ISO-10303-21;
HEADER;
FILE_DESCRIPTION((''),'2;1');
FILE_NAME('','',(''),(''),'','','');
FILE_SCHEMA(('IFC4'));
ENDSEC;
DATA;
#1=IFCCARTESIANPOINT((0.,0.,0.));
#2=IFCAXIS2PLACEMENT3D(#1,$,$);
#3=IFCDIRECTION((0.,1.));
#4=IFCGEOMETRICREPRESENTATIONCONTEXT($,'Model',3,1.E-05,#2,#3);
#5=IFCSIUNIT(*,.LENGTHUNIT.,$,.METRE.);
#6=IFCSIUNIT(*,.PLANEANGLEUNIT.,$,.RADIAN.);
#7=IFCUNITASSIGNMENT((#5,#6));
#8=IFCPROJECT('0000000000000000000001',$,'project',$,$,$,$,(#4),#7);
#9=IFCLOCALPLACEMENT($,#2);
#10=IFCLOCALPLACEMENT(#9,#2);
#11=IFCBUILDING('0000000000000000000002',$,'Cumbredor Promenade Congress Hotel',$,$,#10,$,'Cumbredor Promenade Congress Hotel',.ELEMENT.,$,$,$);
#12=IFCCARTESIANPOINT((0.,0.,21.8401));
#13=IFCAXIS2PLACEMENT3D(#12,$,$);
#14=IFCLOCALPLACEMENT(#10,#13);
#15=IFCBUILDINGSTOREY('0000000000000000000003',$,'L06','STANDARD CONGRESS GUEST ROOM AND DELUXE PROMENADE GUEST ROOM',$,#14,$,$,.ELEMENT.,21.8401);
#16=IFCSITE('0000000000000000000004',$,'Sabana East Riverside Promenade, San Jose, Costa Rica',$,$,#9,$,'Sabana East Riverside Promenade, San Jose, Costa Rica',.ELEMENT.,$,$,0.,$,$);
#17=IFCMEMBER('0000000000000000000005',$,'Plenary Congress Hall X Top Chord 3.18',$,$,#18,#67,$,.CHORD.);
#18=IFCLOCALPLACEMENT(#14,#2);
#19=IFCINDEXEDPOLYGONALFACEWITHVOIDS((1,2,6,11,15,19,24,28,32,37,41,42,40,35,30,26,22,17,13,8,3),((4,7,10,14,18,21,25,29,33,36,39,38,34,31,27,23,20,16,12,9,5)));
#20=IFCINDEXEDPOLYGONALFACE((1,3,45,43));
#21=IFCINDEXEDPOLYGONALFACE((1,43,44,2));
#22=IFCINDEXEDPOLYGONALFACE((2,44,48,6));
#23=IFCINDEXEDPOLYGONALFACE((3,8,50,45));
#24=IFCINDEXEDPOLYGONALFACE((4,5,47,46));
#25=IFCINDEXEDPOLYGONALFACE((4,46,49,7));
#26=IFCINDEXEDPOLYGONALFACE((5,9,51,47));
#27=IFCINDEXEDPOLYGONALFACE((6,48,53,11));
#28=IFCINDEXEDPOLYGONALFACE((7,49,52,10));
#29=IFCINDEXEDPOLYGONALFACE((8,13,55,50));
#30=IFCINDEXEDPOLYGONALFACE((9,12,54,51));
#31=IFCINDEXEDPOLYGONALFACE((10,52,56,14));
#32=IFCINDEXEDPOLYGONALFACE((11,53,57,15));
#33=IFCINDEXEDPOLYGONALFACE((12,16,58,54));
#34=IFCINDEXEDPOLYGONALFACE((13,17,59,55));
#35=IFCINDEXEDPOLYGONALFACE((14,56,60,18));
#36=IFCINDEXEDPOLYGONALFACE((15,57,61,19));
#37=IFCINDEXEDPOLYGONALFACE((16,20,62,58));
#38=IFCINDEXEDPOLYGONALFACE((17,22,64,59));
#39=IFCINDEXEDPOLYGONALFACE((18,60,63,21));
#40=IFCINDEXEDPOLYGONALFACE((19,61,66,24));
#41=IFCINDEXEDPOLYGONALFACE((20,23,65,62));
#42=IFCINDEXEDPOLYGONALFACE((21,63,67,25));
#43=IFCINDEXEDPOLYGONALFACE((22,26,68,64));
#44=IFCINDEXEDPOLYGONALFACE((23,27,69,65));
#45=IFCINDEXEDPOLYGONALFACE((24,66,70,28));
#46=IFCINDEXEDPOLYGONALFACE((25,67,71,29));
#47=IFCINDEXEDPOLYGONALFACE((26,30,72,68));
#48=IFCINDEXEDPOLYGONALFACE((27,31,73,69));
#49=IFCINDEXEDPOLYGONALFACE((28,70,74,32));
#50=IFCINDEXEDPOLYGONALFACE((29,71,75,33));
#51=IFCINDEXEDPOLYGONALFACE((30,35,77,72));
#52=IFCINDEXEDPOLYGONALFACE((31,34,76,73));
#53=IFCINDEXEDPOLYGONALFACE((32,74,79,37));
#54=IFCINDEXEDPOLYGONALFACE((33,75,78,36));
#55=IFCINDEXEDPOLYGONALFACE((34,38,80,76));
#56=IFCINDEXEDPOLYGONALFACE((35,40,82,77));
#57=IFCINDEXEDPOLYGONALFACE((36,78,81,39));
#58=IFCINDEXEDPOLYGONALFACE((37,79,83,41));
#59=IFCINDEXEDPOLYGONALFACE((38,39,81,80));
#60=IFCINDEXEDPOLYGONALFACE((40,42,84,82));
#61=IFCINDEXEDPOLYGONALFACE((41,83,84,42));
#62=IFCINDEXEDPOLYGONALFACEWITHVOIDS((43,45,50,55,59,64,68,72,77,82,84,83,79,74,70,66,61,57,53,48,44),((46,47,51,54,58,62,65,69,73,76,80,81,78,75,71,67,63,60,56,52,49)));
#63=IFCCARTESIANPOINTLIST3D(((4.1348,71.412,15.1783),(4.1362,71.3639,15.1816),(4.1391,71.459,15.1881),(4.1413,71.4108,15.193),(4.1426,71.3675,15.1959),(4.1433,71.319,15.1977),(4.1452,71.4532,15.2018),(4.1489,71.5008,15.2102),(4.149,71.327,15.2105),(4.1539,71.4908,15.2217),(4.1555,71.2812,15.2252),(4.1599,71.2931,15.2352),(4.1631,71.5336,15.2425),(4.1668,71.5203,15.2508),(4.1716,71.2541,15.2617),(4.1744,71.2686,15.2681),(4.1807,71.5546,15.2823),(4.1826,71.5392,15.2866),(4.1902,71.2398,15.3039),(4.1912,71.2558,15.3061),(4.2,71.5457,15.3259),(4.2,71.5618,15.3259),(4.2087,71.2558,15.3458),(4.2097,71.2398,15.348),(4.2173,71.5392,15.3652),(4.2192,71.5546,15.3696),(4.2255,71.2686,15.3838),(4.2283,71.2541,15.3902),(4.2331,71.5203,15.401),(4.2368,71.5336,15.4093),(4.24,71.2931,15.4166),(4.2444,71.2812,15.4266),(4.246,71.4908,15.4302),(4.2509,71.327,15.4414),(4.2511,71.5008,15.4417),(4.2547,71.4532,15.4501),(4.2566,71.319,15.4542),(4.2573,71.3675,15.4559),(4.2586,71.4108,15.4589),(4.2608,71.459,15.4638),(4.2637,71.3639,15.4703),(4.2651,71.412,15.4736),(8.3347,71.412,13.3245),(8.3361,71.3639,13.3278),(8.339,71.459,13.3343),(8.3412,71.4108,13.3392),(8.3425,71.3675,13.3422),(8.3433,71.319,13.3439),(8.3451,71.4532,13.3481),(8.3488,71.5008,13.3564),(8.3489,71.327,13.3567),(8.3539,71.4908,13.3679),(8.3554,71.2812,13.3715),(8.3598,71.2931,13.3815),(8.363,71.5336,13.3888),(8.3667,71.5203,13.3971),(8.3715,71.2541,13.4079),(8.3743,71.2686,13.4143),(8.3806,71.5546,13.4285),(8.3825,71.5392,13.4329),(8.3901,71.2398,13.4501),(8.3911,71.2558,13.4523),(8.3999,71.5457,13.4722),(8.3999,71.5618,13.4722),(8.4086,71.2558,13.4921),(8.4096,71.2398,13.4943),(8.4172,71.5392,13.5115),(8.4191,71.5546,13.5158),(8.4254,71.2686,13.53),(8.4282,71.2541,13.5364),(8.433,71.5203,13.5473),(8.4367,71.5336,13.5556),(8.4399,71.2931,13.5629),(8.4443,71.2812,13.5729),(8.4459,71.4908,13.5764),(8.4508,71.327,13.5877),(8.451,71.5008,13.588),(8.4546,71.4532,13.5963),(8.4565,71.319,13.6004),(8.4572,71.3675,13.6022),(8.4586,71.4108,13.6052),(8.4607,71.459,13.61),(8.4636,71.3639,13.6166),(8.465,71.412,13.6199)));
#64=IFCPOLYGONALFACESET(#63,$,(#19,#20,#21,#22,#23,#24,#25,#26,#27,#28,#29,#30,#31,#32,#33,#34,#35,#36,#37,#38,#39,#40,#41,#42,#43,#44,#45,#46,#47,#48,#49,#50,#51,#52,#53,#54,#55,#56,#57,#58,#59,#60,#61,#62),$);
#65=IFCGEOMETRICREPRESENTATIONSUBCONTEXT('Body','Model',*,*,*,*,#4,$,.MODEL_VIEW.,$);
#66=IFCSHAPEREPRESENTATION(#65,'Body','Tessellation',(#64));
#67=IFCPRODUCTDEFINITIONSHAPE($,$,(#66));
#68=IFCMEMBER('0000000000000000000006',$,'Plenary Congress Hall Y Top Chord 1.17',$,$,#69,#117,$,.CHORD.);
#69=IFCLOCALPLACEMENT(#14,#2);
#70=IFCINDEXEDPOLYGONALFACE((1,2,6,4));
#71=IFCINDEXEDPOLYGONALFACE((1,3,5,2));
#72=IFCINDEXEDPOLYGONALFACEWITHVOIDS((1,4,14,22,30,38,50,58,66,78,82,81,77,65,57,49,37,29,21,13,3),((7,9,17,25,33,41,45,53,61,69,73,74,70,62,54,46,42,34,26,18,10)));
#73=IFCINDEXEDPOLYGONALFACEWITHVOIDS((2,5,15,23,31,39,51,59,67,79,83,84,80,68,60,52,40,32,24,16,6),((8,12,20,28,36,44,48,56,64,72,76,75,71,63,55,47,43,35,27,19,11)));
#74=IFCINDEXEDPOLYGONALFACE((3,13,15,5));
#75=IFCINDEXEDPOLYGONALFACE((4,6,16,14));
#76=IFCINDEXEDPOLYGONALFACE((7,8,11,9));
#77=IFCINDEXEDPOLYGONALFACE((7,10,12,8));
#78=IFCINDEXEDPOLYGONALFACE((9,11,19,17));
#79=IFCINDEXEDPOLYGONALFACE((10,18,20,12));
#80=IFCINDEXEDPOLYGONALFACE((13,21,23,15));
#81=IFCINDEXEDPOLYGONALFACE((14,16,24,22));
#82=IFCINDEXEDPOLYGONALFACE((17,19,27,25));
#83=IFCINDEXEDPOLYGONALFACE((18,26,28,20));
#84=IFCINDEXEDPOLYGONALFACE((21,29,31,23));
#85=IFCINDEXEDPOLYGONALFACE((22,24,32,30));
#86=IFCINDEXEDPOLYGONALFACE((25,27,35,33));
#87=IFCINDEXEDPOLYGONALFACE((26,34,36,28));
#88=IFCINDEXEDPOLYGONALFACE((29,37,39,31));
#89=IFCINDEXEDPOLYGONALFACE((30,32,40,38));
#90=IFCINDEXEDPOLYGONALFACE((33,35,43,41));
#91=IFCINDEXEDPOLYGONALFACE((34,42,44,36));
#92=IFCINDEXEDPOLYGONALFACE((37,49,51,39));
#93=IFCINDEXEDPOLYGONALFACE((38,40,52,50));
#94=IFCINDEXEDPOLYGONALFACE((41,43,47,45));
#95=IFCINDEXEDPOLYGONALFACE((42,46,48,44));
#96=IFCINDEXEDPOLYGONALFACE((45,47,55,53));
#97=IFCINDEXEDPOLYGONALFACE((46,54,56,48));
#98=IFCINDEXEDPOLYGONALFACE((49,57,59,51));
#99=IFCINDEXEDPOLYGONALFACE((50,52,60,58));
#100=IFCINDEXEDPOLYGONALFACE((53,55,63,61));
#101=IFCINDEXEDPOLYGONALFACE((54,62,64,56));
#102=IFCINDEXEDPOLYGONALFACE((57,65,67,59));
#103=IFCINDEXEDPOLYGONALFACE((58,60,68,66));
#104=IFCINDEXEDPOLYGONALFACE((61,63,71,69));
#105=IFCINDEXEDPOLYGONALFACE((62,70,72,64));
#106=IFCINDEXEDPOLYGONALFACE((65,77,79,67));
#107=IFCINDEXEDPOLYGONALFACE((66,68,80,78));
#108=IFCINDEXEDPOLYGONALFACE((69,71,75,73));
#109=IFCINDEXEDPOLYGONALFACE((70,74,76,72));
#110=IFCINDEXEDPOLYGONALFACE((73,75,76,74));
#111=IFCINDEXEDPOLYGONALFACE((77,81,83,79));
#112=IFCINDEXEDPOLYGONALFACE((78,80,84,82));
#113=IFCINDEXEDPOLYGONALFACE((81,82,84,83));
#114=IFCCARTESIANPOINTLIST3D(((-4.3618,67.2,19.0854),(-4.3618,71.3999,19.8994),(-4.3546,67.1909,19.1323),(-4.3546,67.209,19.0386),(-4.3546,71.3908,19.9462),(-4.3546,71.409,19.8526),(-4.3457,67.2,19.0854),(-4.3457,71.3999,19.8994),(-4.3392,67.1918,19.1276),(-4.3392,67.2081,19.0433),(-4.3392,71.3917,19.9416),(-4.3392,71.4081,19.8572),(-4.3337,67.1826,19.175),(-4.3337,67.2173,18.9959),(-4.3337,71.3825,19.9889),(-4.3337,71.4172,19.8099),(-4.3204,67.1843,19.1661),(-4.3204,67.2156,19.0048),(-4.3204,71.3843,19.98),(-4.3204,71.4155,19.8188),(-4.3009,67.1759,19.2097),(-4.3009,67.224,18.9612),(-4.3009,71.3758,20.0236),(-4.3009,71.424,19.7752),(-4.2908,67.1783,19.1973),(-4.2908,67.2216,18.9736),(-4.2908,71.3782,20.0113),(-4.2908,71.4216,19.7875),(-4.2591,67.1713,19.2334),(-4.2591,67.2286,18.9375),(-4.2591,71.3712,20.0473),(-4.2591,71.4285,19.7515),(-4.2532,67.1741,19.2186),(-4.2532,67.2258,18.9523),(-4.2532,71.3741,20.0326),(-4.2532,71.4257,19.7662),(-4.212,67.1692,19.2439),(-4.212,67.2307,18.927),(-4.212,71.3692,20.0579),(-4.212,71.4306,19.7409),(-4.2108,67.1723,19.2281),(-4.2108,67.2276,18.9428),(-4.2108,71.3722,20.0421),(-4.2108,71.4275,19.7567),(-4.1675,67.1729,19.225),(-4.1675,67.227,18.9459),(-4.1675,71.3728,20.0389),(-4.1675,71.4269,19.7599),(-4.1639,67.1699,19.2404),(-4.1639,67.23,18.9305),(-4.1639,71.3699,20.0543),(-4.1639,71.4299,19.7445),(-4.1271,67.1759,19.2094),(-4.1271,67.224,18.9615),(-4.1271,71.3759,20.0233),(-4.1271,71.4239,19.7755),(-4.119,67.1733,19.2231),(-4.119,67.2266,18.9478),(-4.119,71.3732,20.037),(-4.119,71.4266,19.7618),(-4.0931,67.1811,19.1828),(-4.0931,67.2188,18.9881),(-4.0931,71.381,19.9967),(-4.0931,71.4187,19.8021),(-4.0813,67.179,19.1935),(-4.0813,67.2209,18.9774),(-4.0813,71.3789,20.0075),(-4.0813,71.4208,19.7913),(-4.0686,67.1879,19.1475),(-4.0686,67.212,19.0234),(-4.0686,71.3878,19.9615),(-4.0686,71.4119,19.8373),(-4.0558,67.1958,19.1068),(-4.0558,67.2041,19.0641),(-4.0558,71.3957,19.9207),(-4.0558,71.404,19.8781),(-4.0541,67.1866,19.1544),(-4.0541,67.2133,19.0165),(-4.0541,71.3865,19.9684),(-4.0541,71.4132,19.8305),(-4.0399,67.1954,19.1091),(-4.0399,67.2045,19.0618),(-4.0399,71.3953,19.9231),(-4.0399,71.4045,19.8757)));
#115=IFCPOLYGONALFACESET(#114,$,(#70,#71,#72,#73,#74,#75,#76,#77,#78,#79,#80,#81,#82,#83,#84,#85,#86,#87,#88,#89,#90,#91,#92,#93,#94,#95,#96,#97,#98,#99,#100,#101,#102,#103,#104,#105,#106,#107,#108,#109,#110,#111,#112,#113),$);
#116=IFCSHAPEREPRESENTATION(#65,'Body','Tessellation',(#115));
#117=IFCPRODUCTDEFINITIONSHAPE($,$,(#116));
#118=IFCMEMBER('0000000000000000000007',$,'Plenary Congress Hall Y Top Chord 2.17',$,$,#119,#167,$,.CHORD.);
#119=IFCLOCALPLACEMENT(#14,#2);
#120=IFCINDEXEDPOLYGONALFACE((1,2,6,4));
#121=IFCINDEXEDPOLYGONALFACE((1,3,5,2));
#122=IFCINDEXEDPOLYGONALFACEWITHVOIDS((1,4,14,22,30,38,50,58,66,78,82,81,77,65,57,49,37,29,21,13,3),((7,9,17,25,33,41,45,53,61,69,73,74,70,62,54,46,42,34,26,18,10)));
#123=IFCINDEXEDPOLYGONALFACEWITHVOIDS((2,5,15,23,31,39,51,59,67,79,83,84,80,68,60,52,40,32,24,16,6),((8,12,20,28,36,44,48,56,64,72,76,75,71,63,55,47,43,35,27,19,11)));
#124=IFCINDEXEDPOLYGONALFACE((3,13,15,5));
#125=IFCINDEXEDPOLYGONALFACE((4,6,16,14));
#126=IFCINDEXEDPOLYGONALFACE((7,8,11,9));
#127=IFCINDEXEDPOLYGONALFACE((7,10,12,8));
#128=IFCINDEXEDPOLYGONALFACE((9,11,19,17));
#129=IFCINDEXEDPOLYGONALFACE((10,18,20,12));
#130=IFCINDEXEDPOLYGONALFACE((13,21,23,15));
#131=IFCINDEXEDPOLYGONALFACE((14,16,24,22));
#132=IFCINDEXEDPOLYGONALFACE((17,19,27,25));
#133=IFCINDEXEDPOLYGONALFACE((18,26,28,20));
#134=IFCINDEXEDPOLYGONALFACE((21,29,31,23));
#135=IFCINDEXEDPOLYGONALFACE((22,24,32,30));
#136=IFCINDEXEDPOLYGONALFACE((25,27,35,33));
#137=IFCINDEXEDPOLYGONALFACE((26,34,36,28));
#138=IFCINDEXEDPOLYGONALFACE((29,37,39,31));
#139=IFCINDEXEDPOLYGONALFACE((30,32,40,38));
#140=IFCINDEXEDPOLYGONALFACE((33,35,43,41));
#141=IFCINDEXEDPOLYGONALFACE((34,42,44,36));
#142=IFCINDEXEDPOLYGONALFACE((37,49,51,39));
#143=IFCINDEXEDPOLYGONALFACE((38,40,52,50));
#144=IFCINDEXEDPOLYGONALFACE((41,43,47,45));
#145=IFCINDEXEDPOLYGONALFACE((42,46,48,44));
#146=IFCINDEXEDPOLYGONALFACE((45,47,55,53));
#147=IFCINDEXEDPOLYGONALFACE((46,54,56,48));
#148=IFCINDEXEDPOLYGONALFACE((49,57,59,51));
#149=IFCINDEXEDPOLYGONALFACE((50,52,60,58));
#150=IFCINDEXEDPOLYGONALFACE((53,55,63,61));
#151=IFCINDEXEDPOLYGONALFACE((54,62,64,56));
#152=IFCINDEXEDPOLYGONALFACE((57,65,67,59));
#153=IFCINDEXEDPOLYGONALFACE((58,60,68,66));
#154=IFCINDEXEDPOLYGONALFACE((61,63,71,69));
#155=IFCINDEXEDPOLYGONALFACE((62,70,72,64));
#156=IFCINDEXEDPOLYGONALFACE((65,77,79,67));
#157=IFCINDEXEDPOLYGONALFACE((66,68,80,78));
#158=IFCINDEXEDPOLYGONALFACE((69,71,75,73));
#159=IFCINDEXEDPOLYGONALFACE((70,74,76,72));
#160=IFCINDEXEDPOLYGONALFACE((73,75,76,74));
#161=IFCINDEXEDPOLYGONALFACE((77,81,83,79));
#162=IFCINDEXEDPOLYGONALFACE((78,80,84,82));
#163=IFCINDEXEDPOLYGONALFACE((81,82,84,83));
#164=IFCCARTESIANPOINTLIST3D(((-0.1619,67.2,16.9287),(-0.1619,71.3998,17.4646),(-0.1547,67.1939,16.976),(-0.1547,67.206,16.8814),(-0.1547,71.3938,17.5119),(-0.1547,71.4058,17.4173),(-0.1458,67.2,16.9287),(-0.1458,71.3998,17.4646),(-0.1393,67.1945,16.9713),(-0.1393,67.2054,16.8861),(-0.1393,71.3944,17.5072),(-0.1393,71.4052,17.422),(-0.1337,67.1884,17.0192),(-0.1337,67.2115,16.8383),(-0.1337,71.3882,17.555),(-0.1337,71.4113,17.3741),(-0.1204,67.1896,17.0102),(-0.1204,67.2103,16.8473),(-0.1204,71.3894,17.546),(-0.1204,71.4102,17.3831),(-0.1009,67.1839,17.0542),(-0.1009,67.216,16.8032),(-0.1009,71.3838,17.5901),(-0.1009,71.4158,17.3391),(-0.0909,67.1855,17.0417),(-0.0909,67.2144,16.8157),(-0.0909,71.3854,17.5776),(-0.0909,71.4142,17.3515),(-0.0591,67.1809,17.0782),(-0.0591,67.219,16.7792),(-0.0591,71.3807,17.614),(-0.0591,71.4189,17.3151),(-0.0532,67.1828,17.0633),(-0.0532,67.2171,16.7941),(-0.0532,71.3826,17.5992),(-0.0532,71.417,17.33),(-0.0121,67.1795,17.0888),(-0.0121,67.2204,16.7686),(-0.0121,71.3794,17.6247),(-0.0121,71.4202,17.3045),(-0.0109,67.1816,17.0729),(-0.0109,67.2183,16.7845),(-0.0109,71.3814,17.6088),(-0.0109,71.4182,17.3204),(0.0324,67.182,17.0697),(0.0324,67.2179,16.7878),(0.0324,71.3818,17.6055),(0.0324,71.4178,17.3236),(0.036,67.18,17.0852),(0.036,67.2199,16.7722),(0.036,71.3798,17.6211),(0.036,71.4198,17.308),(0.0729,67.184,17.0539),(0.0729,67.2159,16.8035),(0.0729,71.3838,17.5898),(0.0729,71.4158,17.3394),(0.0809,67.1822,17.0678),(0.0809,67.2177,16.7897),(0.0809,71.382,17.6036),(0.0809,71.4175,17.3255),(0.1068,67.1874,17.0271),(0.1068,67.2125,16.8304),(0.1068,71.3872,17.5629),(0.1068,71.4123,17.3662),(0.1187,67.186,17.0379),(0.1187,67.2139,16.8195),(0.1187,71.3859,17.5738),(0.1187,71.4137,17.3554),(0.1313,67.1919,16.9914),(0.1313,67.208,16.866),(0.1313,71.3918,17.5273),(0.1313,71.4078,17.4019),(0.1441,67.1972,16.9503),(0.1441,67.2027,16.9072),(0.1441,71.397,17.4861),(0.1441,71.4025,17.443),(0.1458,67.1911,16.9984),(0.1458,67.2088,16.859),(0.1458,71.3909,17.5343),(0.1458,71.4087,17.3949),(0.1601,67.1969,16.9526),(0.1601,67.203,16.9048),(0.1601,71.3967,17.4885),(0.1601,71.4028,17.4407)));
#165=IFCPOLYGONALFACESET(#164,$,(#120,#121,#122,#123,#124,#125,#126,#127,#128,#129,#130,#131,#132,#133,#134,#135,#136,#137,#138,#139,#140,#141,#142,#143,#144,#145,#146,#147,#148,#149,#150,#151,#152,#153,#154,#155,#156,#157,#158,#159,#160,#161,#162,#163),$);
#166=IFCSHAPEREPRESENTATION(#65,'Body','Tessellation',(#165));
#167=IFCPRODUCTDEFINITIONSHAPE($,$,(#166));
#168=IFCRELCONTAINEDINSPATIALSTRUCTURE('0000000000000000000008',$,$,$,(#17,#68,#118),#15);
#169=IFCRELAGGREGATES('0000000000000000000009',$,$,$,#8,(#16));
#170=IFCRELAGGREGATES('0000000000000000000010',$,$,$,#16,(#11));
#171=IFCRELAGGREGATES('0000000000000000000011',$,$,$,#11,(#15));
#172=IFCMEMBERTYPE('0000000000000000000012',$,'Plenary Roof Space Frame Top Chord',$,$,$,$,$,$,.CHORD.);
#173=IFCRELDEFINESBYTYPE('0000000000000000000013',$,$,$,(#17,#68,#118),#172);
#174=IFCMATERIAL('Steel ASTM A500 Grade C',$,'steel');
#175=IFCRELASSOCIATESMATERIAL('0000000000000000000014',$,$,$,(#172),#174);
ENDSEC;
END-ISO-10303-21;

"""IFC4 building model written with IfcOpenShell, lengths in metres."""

from ifc_helpers import new_model, si_unit, direction, frame, origin, origin_2d, place, context, subcontext, project, spatial, hollow_circle, extrude, material, material_profile, profile_set, type_object, element, save


model = new_model("IFC4")

# Units and contexts
model_context = context("Model", 3, precision=1e-05, world=origin(), true_north=direction((0.0, 1.0)))
body_context = subcontext(model_context, "Body", "Model", "MODEL_VIEW")
ifc_project = project(units=[si_unit("LENGTHUNIT", "METRE"), si_unit("PLANEANGLEUNIT", "RADIAN")], contexts=[model_context])

# Site, building, storey
site_placement = place(None, origin())
site = spatial("IfcSite", under=ifc_project, at=site_placement, Name="Sabana East Riverside Promenade, San Jose, Costa Rica", LongName="Sabana East Riverside Promenade, San Jose, Costa Rica", CompositionType="ELEMENT", RefElevation=0.0)
building_placement = place(site_placement, origin())
building = spatial("IfcBuilding", under=site, at=building_placement, Name="Cumbredor Promenade Congress Hotel", LongName="Cumbredor Promenade Congress Hotel", CompositionType="ELEMENT")
storey_placement = place(building_placement, frame((0.0, 0.0, 21.8401)))
storey = spatial("IfcBuildingStorey", under=building, at=storey_placement, Name="L06", Description="STANDARD CONGRESS GUEST ROOM AND DELUXE PROMENADE GUEST ROOM", CompositionType="ELEMENT", Elevation=21.8401)

# Members
ifc_material_1 = material(Name="Steel ASTM A500 Grade C", Category="steel")
ifc_material_profile_1 = material_profile(ifc_material_1, hollow_circle(Radius=0.1619, WallThickness=0.0161, at=origin_2d()), Name="CHS 323.9x16")
ifc_profile_set_1 = profile_set([ifc_material_profile_1], Name="Steel ASTM A500 Grade C")
member_type_1 = type_object("IfcMemberType", Name="Plenary Roof Space Frame Top Chord", PredefinedType="CHORD", material=ifc_profile_set_1)
member_1_placement = place(storey_placement, frame((4.2, 71.3999, 15.3259), z_axis=(0.91485, 0.0, -0.403793), x_axis=(0.0, 1.0, 0.0)))
element("IfcMember", 1, at=member_1_placement, inside=storey, type_object=member_type_1, Name="Plenary Congress Hall X Top Chord 3.18", PredefinedType="CHORD", context=body_context, shape_type="SweptSolid", body=[
    extrude(hollow_circle(Radius=0.1619, WallThickness=0.0161, at=origin_2d()), origin(), (0.0, 0.0, 1.0), 4.5908),
])
member_2_placement = place(storey_placement, frame((-4.2, 67.2, 19.0854), z_axis=(0.0, 0.981733, 0.190263), x_axis=(-1.0, 0.0, 0.0)))
element("IfcMember", 2, at=member_2_placement, inside=storey, type_object=member_type_1, Name="Plenary Congress Hall Y Top Chord 1.17", PredefinedType="CHORD", context=body_context, shape_type="SweptSolid", body=[
    extrude(hollow_circle(Radius=0.1619, WallThickness=0.0161, at=origin_2d()), origin(), (0.0, 0.0, 1.0), 4.2781),
])
member_3_placement = place(storey_placement, frame((0.0, 67.2, 16.9287), z_axis=(0.0, 0.991958, 0.126568), x_axis=(-1.0, 0.0, 0.0)))
element("IfcMember", 3, at=member_3_placement, inside=storey, type_object=member_type_1, Name="Plenary Congress Hall Y Top Chord 2.17", PredefinedType="CHORD", context=body_context, shape_type="SweptSolid", body=[
    extrude(hollow_circle(Radius=0.1619, WallThickness=0.0161, at=origin_2d()), origin(), (0.0, 0.0, 1.0), 4.2339),
])

save(model, "model.ifc")
